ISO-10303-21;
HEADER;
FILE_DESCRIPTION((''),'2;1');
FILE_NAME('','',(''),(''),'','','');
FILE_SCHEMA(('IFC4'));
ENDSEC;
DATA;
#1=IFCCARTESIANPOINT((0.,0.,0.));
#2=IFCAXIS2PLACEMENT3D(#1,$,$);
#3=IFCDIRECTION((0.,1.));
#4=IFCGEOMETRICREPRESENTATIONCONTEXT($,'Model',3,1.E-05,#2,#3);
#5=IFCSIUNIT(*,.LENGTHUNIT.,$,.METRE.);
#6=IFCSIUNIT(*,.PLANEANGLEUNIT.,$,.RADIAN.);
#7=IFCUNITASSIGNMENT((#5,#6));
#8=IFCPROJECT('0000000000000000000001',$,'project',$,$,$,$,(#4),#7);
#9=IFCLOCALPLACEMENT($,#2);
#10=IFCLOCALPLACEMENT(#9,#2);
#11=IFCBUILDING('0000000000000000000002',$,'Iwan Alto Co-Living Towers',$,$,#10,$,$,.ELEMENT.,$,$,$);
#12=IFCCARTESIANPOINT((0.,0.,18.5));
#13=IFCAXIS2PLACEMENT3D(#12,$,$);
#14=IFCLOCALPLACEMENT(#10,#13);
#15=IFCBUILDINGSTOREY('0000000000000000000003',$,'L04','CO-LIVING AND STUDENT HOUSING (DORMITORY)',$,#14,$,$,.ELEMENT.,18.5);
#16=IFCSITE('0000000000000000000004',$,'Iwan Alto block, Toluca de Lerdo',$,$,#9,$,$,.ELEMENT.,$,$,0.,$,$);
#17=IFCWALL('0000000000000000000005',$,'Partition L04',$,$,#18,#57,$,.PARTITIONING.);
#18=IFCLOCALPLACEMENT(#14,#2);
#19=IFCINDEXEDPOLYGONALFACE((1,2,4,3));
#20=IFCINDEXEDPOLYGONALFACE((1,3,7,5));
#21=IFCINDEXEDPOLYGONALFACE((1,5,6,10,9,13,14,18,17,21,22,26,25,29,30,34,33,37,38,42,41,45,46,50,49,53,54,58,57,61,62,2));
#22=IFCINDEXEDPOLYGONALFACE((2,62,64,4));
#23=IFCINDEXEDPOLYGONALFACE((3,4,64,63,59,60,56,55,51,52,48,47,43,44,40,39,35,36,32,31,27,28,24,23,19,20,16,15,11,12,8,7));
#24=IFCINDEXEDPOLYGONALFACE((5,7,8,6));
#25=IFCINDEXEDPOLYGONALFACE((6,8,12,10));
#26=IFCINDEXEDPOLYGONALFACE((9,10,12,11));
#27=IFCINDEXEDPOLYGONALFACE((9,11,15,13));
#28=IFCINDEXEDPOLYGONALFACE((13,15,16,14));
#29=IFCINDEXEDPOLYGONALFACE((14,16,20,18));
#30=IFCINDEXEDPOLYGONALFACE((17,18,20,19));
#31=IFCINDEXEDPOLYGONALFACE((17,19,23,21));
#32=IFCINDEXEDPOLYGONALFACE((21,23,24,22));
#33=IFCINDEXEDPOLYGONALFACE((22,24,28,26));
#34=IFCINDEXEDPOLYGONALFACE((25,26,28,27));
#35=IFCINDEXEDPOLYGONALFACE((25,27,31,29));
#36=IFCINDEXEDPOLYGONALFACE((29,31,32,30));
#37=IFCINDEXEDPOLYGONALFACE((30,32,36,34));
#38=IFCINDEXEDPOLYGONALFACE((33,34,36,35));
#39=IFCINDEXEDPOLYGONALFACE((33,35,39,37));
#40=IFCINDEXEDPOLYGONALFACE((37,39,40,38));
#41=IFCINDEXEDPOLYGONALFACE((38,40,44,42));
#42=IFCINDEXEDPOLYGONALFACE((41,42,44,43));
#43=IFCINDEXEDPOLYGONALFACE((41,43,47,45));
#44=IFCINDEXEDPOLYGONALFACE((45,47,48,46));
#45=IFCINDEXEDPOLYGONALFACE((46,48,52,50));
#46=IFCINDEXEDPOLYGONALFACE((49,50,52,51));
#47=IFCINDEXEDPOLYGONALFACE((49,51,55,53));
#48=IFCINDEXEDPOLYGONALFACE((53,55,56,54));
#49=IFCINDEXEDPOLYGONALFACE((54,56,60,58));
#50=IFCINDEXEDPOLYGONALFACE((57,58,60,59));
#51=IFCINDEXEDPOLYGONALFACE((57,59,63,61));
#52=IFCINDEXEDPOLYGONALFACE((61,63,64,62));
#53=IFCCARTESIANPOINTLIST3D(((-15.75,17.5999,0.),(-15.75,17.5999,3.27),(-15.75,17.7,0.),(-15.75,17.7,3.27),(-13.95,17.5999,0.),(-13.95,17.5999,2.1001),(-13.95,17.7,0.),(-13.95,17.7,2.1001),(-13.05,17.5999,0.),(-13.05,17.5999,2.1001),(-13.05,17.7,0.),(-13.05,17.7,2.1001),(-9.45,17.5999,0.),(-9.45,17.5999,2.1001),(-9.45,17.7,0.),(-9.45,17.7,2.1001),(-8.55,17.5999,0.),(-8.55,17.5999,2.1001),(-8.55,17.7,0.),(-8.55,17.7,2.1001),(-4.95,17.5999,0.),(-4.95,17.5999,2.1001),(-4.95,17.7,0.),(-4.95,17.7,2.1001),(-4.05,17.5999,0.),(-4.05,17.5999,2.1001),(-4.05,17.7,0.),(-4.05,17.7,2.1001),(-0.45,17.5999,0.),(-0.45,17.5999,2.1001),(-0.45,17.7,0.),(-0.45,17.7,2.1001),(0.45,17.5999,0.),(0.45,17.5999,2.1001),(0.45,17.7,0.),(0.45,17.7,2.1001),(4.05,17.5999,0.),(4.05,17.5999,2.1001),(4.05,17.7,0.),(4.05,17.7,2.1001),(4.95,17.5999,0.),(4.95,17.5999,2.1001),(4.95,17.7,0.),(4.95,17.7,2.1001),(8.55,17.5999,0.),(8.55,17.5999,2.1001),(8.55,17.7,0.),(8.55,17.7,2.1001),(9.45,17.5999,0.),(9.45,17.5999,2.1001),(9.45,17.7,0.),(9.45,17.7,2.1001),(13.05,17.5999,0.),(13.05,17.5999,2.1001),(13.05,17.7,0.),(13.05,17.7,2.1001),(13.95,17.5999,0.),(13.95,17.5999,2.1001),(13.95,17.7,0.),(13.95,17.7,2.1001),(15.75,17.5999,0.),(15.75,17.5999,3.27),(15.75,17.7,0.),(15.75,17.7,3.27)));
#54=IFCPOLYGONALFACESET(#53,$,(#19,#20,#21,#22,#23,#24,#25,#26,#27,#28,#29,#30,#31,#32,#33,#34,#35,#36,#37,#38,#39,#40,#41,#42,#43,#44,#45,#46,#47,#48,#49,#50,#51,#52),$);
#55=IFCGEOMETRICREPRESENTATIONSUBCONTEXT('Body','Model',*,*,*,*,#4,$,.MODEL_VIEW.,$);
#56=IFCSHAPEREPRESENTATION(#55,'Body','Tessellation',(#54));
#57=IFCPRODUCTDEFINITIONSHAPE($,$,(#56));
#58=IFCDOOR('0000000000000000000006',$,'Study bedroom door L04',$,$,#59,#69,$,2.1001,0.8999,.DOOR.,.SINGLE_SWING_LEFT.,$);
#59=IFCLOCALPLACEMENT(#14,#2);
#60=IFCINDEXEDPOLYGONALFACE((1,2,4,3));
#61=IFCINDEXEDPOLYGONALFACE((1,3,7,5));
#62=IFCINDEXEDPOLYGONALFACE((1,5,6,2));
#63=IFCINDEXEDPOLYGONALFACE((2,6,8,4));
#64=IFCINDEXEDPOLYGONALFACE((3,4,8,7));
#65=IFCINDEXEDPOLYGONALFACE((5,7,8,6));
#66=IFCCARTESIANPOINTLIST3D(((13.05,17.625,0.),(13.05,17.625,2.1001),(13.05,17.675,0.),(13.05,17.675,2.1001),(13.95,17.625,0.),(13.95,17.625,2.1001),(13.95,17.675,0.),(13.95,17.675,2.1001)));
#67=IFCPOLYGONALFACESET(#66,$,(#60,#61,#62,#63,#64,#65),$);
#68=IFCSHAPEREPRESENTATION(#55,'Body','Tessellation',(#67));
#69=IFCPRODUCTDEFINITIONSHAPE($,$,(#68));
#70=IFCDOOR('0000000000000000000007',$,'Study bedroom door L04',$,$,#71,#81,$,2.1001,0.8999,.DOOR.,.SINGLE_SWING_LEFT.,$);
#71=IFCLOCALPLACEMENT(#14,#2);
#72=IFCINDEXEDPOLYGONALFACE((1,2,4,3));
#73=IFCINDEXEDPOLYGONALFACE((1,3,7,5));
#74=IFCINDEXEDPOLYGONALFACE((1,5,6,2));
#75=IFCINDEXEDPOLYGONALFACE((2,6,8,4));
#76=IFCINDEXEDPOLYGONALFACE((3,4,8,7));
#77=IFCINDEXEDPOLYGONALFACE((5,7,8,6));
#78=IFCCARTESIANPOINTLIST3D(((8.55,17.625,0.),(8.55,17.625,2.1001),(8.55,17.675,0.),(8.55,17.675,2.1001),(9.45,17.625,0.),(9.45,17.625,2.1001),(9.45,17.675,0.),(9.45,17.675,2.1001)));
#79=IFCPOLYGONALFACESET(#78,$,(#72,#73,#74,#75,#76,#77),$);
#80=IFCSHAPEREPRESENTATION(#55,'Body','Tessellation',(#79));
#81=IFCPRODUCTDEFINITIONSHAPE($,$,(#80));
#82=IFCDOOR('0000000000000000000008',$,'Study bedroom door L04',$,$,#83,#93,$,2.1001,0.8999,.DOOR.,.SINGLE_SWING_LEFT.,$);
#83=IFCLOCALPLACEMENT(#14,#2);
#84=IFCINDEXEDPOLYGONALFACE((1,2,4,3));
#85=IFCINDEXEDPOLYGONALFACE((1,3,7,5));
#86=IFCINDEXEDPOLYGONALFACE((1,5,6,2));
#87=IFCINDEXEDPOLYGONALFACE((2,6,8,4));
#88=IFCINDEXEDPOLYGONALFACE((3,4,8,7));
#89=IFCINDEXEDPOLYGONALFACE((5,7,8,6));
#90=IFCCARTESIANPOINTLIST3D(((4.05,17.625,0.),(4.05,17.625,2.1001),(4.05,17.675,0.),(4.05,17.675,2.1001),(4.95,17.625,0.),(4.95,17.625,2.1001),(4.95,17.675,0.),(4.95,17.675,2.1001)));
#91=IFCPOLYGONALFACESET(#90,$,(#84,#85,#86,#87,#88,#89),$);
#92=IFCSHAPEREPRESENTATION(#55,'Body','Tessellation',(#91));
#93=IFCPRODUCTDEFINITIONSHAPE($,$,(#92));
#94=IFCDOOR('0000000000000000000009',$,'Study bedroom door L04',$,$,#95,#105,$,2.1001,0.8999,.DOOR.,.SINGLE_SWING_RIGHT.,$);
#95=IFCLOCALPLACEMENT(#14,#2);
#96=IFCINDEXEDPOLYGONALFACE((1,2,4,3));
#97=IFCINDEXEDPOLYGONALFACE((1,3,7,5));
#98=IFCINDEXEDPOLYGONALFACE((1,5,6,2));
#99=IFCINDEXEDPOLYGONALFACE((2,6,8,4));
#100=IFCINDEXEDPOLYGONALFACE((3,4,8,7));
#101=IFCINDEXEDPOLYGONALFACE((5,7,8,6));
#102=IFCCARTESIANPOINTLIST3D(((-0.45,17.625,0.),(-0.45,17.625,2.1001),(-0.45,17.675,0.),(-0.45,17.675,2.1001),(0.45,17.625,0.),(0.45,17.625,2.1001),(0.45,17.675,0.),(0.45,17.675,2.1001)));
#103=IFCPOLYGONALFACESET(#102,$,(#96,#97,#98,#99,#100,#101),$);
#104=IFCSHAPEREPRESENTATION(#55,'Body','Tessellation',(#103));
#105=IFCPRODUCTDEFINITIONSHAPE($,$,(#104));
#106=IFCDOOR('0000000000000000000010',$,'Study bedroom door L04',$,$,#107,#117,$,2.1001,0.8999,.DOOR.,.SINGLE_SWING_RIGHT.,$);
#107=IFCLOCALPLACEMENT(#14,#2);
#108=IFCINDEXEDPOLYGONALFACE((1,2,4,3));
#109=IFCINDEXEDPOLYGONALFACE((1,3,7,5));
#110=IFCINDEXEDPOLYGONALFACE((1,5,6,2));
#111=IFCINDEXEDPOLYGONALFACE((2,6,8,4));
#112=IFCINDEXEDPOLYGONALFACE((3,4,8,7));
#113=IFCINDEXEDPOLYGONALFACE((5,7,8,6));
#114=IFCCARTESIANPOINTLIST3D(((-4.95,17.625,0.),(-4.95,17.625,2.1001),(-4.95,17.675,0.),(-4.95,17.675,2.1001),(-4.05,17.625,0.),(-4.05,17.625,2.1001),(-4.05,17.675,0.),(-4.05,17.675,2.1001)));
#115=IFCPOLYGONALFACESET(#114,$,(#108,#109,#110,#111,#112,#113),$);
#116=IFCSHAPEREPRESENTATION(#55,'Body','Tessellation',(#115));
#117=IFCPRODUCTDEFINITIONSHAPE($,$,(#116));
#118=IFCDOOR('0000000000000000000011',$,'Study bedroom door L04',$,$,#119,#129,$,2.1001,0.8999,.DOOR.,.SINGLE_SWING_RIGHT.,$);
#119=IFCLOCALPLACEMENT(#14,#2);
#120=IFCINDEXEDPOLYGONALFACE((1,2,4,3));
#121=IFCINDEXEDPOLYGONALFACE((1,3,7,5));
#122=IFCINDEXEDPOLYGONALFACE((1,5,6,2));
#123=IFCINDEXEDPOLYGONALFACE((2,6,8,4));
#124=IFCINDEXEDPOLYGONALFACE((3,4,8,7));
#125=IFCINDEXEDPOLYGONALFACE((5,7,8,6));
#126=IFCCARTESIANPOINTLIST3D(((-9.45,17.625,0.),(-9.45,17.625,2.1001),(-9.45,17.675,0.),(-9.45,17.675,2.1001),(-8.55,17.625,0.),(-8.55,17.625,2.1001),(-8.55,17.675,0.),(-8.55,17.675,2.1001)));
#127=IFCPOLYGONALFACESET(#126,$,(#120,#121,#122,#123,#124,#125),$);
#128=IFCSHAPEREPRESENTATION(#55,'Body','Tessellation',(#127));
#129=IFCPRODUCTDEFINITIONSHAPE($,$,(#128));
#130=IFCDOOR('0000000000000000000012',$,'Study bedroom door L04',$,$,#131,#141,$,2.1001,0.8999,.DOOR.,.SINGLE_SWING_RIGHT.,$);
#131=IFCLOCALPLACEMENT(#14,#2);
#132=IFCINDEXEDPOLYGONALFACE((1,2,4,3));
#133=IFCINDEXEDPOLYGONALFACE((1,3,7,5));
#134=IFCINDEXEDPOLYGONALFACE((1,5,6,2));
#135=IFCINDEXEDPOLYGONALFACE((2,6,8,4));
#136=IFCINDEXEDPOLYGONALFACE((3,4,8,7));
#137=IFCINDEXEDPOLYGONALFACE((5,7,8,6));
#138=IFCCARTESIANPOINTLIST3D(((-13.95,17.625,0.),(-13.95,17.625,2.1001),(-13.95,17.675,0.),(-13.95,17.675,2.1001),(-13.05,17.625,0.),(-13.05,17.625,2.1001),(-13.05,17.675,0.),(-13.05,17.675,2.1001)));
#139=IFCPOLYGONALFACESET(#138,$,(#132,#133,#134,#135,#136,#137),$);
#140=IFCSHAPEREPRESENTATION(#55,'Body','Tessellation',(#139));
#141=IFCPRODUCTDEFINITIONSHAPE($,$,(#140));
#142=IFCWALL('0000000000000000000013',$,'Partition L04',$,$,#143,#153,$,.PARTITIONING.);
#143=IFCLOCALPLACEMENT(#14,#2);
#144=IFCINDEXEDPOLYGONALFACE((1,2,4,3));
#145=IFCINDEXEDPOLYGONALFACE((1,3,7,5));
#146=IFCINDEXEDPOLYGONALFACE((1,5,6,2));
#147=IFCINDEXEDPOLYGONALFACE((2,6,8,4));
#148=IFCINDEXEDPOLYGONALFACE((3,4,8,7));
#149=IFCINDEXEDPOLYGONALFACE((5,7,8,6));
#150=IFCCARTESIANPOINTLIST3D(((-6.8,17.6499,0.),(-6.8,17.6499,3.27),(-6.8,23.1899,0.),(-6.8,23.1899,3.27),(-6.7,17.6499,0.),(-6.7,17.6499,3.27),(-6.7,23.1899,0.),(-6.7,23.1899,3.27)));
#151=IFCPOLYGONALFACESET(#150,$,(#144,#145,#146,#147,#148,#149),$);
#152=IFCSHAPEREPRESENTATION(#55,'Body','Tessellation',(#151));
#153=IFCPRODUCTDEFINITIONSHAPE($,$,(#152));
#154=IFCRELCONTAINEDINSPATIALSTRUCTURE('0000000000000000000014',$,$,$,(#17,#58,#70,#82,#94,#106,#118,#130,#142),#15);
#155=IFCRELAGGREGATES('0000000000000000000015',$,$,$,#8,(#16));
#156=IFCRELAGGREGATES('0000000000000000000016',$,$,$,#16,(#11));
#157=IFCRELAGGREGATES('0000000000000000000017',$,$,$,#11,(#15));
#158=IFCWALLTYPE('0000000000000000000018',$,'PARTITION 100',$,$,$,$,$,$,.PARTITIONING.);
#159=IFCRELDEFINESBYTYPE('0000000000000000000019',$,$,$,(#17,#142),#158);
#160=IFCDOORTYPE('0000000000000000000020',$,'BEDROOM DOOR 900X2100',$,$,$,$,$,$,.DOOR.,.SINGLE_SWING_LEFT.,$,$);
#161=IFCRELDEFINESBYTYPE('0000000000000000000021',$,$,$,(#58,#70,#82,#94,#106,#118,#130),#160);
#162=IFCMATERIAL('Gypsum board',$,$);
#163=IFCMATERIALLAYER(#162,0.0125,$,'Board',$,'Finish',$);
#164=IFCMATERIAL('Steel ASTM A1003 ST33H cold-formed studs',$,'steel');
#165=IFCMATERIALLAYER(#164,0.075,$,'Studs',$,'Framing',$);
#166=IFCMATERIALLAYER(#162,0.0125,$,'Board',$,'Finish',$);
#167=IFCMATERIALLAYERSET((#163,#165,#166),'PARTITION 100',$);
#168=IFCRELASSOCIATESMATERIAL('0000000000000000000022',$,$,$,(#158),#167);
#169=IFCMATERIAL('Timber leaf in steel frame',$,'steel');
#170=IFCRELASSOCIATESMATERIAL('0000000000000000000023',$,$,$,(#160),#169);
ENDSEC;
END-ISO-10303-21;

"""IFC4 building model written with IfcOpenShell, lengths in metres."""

from ifc_helpers import new_model, si_unit, direction, frame, frame_2d, origin, place, context, subcontext, project, spatial, rectangle, extrude, material, layer, layer_set, type_object, element, fill, save


model = new_model("IFC4")

# Units and contexts
model_context = context("Model", 3, precision=1e-05, world=origin(), true_north=direction((0.0, 1.0)))
body_context = subcontext(model_context, "Body", "Model", "MODEL_VIEW")
ifc_project = project(units=[si_unit("LENGTHUNIT", "METRE"), si_unit("PLANEANGLEUNIT", "RADIAN")], contexts=[model_context])

# Site, building, storey
site_placement = place(None, origin())
site = spatial("IfcSite", under=ifc_project, at=site_placement, Name="Iwan Alto block, Toluca de Lerdo", CompositionType="ELEMENT", RefElevation=0.0)
building_placement = place(site_placement, origin())
building = spatial("IfcBuilding", under=site, at=building_placement, Name="Iwan Alto Co-Living Towers", CompositionType="ELEMENT")
storey_placement = place(building_placement, frame((0.0, 0.0, 18.5)))
storey = spatial("IfcBuildingStorey", under=building, at=storey_placement, Name="L04", Description="CO-LIVING AND STUDENT HOUSING (DORMITORY)", CompositionType="ELEMENT", Elevation=18.5)

# Shared definitions
ifc_material_1 = material(Name="Gypsum board")
ifc_layer_1 = layer(ifc_material_1, 0.0125, Name="Board", Category="Finish")
ifc_material_2 = material(Name="Steel ASTM A1003 ST33H cold-formed studs", Category="steel")
ifc_layer_2 = layer(ifc_material_2, 0.075, Name="Studs", Category="Framing")
ifc_layer_3 = layer(ifc_material_1, 0.0125, Name="Board", Category="Finish")
ifc_layer_set_1 = layer_set([ifc_layer_1, ifc_layer_2, ifc_layer_3], Name="PARTITION 100")
wall_type = type_object("IfcWallType", Name="PARTITION 100", PredefinedType="PARTITIONING", material=ifc_layer_set_1)

# Wall, openings, doors
wall_1_placement = place(storey_placement, frame((-15.75, 17.6499, 0.0), z_axis=(0.0, 0.0, 1.0), x_axis=(1.0, 0.0, 0.0)))
wall_1 = element("IfcWall", 1, at=wall_1_placement, inside=storey, type_object=wall_type, Name="Partition L04", PredefinedType="PARTITIONING", context=body_context, shape_type="SweptSolid", body=[
    extrude(rectangle(XDim=31.5, YDim=0.1001, at=frame_2d((15.75, 0.0))), origin(), (0.0, 0.0, 1.0), 3.27),
])
opening_1_placement = place(wall_1_placement, frame((28.8, 0.0, 0.0)))
opening_1 = element("IfcOpeningElement", 2, at=opening_1_placement, cuts=wall_1, PredefinedType="OPENING", context=body_context, shape_type="SweptSolid", body=[
    extrude(rectangle(XDim=0.8999, YDim=2.1001, at=frame_2d((0.45, 1.05))), frame((0.0, 0.0601, 0.0), z_axis=(0.0, -1.0, 0.0), x_axis=(1.0, 0.0, 0.0)), (0.0, 0.0, 1.0), 0.1201),
])
opening_2_placement = place(wall_1_placement, frame((24.3, 0.0, 0.0)))
opening_2 = element("IfcOpeningElement", 3, at=opening_2_placement, cuts=wall_1, PredefinedType="OPENING", context=body_context, shape_type="SweptSolid", body=[
    extrude(rectangle(XDim=0.8999, YDim=2.1001, at=frame_2d((0.45, 1.05))), frame((0.0, 0.0601, 0.0), z_axis=(0.0, -1.0, 0.0), x_axis=(1.0, 0.0, 0.0)), (0.0, 0.0, 1.0), 0.1201),
])
opening_3_placement = place(wall_1_placement, frame((19.8, 0.0, 0.0)))
opening_3 = element("IfcOpeningElement", 4, at=opening_3_placement, cuts=wall_1, PredefinedType="OPENING", context=body_context, shape_type="SweptSolid", body=[
    extrude(rectangle(XDim=0.8999, YDim=2.1001, at=frame_2d((0.45, 1.05))), frame((0.0, 0.0601, 0.0), z_axis=(0.0, -1.0, 0.0), x_axis=(1.0, 0.0, 0.0)), (0.0, 0.0, 1.0), 0.1201),
])
opening_4_placement = place(wall_1_placement, frame((15.3, 0.0, 0.0)))
opening_4 = element("IfcOpeningElement", 5, at=opening_4_placement, cuts=wall_1, PredefinedType="OPENING", context=body_context, shape_type="SweptSolid", body=[
    extrude(rectangle(XDim=0.8999, YDim=2.1001, at=frame_2d((0.45, 1.05))), frame((0.0, 0.0601, 0.0), z_axis=(0.0, -1.0, 0.0), x_axis=(1.0, 0.0, 0.0)), (0.0, 0.0, 1.0), 0.1201),
])
opening_5_placement = place(wall_1_placement, frame((10.8, 0.0, 0.0)))
opening_5 = element("IfcOpeningElement", 6, at=opening_5_placement, cuts=wall_1, PredefinedType="OPENING", context=body_context, shape_type="SweptSolid", body=[
    extrude(rectangle(XDim=0.8999, YDim=2.1001, at=frame_2d((0.45, 1.05))), frame((0.0, 0.0601, 0.0), z_axis=(0.0, -1.0, 0.0), x_axis=(1.0, 0.0, 0.0)), (0.0, 0.0, 1.0), 0.1201),
])
opening_6_placement = place(wall_1_placement, frame((6.3, 0.0, 0.0)))
opening_6 = element("IfcOpeningElement", 7, at=opening_6_placement, cuts=wall_1, PredefinedType="OPENING", context=body_context, shape_type="SweptSolid", body=[
    extrude(rectangle(XDim=0.8999, YDim=2.1001, at=frame_2d((0.45, 1.05))), frame((0.0, 0.0601, 0.0), z_axis=(0.0, -1.0, 0.0), x_axis=(1.0, 0.0, 0.0)), (0.0, 0.0, 1.0), 0.1201),
])
opening_7_placement = place(wall_1_placement, frame((1.8, 0.0, 0.0)))
opening_7 = element("IfcOpeningElement", 8, at=opening_7_placement, cuts=wall_1, PredefinedType="OPENING", context=body_context, shape_type="SweptSolid", body=[
    extrude(rectangle(XDim=0.8999, YDim=2.1001, at=frame_2d((0.45, 1.05))), frame((0.0, 0.0601, 0.0), z_axis=(0.0, -1.0, 0.0), x_axis=(1.0, 0.0, 0.0)), (0.0, 0.0, 1.0), 0.1201),
])
ifc_material_3 = material(Name="Timber leaf in steel frame", Category="steel")
door_type_1 = type_object("IfcDoorType", Name="BEDROOM DOOR 900X2100", OperationType="SINGLE_SWING_LEFT", PredefinedType="DOOR", material=ifc_material_3)
door_1_placement = place(opening_1_placement, frame((0.8999, 0.0, 0.0), z_axis=(0.0, 0.0, 1.0), x_axis=(-1.0, 0.0, 0.0)))
door_1 = element("IfcDoor", 9, at=door_1_placement, inside=storey, type_object=door_type_1, Name="Study bedroom door L04", OperationType="SINGLE_SWING_LEFT", OverallHeight=2.1001, OverallWidth=0.8999, PredefinedType="DOOR", context=body_context, shape_type="SweptSolid", body=[
    extrude(rectangle(XDim=0.8999, YDim=2.1001, at=frame_2d((0.45, 1.05))), frame((0.0, 0.0249, 0.0), z_axis=(0.0, -1.0, 0.0), x_axis=(1.0, 0.0, 0.0)), (0.0, 0.0, 1.0), 0.05),
])
fill(opening_1, door_1)
door_2_placement = place(opening_2_placement, frame((0.8999, 0.0, 0.0), z_axis=(0.0, 0.0, 1.0), x_axis=(-1.0, 0.0, 0.0)))
door_2 = element("IfcDoor", 10, at=door_2_placement, inside=storey, type_object=door_type_1, Name="Study bedroom door L04", OperationType="SINGLE_SWING_LEFT", OverallHeight=2.1001, OverallWidth=0.8999, PredefinedType="DOOR", context=body_context, shape_type="SweptSolid", body=[
    extrude(rectangle(XDim=0.8999, YDim=2.1001, at=frame_2d((0.45, 1.05))), frame((0.0, 0.0249, 0.0), z_axis=(0.0, -1.0, 0.0), x_axis=(1.0, 0.0, 0.0)), (0.0, 0.0, 1.0), 0.05),
])
fill(opening_2, door_2)
door_3_placement = place(opening_3_placement, frame((0.8999, 0.0, 0.0), z_axis=(0.0, 0.0, 1.0), x_axis=(-1.0, 0.0, 0.0)))
door_3 = element("IfcDoor", 11, at=door_3_placement, inside=storey, type_object=door_type_1, Name="Study bedroom door L04", OperationType="SINGLE_SWING_LEFT", OverallHeight=2.1001, OverallWidth=0.8999, PredefinedType="DOOR", context=body_context, shape_type="SweptSolid", body=[
    extrude(rectangle(XDim=0.8999, YDim=2.1001, at=frame_2d((0.45, 1.05))), frame((0.0, 0.0249, 0.0), z_axis=(0.0, -1.0, 0.0), x_axis=(1.0, 0.0, 0.0)), (0.0, 0.0, 1.0), 0.05),
])
fill(opening_3, door_3)
door_4_placement = place(opening_4_placement, frame((0.8999, 0.0, 0.0), z_axis=(0.0, 0.0, 1.0), x_axis=(-1.0, 0.0, 0.0)))
door_4 = element("IfcDoor", 12, at=door_4_placement, inside=storey, type_object=door_type_1, Name="Study bedroom door L04", OperationType="SINGLE_SWING_RIGHT", OverallHeight=2.1001, OverallWidth=0.8999, PredefinedType="DOOR", context=body_context, shape_type="SweptSolid", body=[
    extrude(rectangle(XDim=0.8999, YDim=2.1001, at=frame_2d((0.45, 1.05))), frame((0.0, 0.0249, 0.0), z_axis=(0.0, -1.0, 0.0), x_axis=(1.0, 0.0, 0.0)), (0.0, 0.0, 1.0), 0.05),
])
fill(opening_4, door_4)
door_5_placement = place(opening_5_placement, frame((0.8999, 0.0, 0.0), z_axis=(0.0, 0.0, 1.0), x_axis=(-1.0, 0.0, 0.0)))
door_5 = element("IfcDoor", 13, at=door_5_placement, inside=storey, type_object=door_type_1, Name="Study bedroom door L04", OperationType="SINGLE_SWING_RIGHT", OverallHeight=2.1001, OverallWidth=0.8999, PredefinedType="DOOR", context=body_context, shape_type="SweptSolid", body=[
    extrude(rectangle(XDim=0.8999, YDim=2.1001, at=frame_2d((0.45, 1.05))), frame((0.0, 0.0249, 0.0), z_axis=(0.0, -1.0, 0.0), x_axis=(1.0, 0.0, 0.0)), (0.0, 0.0, 1.0), 0.05),
])
fill(opening_5, door_5)
door_6_placement = place(opening_6_placement, frame((0.8999, 0.0, 0.0), z_axis=(0.0, 0.0, 1.0), x_axis=(-1.0, 0.0, 0.0)))
door_6 = element("IfcDoor", 14, at=door_6_placement, inside=storey, type_object=door_type_1, Name="Study bedroom door L04", OperationType="SINGLE_SWING_RIGHT", OverallHeight=2.1001, OverallWidth=0.8999, PredefinedType="DOOR", context=body_context, shape_type="SweptSolid", body=[
    extrude(rectangle(XDim=0.8999, YDim=2.1001, at=frame_2d((0.45, 1.05))), frame((0.0, 0.0249, 0.0), z_axis=(0.0, -1.0, 0.0), x_axis=(1.0, 0.0, 0.0)), (0.0, 0.0, 1.0), 0.05),
])
fill(opening_6, door_6)
door_7_placement = place(opening_7_placement, frame((0.8999, 0.0, 0.0), z_axis=(0.0, 0.0, 1.0), x_axis=(-1.0, 0.0, 0.0)))
door_7 = element("IfcDoor", 15, at=door_7_placement, inside=storey, type_object=door_type_1, Name="Study bedroom door L04", OperationType="SINGLE_SWING_RIGHT", OverallHeight=2.1001, OverallWidth=0.8999, PredefinedType="DOOR", context=body_context, shape_type="SweptSolid", body=[
    extrude(rectangle(XDim=0.8999, YDim=2.1001, at=frame_2d((0.45, 1.05))), frame((0.0, 0.0249, 0.0), z_axis=(0.0, -1.0, 0.0), x_axis=(1.0, 0.0, 0.0)), (0.0, 0.0, 1.0), 0.05),
])
fill(opening_7, door_7)

# Wall
for number, where, z_axis, x_axis, name in (
    (16, (-6.75, 17.6499, 0.0), (0.0, 0.0, 1.0), (0.0, 1.0, 0.0), "Partition L04"),
):
    element("IfcWall", number, at=place(storey_placement, frame(where, z_axis=z_axis, x_axis=x_axis)), inside=storey, type_object=wall_type, Name=name, PredefinedType="PARTITIONING", context=body_context, shape_type="SweptSolid", body=[
        extrude(rectangle(XDim=5.54, YDim=0.1001, at=frame_2d((2.77, 0.0))), origin(), (0.0, 0.0, 1.0), 3.27),
    ])

save(model, "model.ifc")
